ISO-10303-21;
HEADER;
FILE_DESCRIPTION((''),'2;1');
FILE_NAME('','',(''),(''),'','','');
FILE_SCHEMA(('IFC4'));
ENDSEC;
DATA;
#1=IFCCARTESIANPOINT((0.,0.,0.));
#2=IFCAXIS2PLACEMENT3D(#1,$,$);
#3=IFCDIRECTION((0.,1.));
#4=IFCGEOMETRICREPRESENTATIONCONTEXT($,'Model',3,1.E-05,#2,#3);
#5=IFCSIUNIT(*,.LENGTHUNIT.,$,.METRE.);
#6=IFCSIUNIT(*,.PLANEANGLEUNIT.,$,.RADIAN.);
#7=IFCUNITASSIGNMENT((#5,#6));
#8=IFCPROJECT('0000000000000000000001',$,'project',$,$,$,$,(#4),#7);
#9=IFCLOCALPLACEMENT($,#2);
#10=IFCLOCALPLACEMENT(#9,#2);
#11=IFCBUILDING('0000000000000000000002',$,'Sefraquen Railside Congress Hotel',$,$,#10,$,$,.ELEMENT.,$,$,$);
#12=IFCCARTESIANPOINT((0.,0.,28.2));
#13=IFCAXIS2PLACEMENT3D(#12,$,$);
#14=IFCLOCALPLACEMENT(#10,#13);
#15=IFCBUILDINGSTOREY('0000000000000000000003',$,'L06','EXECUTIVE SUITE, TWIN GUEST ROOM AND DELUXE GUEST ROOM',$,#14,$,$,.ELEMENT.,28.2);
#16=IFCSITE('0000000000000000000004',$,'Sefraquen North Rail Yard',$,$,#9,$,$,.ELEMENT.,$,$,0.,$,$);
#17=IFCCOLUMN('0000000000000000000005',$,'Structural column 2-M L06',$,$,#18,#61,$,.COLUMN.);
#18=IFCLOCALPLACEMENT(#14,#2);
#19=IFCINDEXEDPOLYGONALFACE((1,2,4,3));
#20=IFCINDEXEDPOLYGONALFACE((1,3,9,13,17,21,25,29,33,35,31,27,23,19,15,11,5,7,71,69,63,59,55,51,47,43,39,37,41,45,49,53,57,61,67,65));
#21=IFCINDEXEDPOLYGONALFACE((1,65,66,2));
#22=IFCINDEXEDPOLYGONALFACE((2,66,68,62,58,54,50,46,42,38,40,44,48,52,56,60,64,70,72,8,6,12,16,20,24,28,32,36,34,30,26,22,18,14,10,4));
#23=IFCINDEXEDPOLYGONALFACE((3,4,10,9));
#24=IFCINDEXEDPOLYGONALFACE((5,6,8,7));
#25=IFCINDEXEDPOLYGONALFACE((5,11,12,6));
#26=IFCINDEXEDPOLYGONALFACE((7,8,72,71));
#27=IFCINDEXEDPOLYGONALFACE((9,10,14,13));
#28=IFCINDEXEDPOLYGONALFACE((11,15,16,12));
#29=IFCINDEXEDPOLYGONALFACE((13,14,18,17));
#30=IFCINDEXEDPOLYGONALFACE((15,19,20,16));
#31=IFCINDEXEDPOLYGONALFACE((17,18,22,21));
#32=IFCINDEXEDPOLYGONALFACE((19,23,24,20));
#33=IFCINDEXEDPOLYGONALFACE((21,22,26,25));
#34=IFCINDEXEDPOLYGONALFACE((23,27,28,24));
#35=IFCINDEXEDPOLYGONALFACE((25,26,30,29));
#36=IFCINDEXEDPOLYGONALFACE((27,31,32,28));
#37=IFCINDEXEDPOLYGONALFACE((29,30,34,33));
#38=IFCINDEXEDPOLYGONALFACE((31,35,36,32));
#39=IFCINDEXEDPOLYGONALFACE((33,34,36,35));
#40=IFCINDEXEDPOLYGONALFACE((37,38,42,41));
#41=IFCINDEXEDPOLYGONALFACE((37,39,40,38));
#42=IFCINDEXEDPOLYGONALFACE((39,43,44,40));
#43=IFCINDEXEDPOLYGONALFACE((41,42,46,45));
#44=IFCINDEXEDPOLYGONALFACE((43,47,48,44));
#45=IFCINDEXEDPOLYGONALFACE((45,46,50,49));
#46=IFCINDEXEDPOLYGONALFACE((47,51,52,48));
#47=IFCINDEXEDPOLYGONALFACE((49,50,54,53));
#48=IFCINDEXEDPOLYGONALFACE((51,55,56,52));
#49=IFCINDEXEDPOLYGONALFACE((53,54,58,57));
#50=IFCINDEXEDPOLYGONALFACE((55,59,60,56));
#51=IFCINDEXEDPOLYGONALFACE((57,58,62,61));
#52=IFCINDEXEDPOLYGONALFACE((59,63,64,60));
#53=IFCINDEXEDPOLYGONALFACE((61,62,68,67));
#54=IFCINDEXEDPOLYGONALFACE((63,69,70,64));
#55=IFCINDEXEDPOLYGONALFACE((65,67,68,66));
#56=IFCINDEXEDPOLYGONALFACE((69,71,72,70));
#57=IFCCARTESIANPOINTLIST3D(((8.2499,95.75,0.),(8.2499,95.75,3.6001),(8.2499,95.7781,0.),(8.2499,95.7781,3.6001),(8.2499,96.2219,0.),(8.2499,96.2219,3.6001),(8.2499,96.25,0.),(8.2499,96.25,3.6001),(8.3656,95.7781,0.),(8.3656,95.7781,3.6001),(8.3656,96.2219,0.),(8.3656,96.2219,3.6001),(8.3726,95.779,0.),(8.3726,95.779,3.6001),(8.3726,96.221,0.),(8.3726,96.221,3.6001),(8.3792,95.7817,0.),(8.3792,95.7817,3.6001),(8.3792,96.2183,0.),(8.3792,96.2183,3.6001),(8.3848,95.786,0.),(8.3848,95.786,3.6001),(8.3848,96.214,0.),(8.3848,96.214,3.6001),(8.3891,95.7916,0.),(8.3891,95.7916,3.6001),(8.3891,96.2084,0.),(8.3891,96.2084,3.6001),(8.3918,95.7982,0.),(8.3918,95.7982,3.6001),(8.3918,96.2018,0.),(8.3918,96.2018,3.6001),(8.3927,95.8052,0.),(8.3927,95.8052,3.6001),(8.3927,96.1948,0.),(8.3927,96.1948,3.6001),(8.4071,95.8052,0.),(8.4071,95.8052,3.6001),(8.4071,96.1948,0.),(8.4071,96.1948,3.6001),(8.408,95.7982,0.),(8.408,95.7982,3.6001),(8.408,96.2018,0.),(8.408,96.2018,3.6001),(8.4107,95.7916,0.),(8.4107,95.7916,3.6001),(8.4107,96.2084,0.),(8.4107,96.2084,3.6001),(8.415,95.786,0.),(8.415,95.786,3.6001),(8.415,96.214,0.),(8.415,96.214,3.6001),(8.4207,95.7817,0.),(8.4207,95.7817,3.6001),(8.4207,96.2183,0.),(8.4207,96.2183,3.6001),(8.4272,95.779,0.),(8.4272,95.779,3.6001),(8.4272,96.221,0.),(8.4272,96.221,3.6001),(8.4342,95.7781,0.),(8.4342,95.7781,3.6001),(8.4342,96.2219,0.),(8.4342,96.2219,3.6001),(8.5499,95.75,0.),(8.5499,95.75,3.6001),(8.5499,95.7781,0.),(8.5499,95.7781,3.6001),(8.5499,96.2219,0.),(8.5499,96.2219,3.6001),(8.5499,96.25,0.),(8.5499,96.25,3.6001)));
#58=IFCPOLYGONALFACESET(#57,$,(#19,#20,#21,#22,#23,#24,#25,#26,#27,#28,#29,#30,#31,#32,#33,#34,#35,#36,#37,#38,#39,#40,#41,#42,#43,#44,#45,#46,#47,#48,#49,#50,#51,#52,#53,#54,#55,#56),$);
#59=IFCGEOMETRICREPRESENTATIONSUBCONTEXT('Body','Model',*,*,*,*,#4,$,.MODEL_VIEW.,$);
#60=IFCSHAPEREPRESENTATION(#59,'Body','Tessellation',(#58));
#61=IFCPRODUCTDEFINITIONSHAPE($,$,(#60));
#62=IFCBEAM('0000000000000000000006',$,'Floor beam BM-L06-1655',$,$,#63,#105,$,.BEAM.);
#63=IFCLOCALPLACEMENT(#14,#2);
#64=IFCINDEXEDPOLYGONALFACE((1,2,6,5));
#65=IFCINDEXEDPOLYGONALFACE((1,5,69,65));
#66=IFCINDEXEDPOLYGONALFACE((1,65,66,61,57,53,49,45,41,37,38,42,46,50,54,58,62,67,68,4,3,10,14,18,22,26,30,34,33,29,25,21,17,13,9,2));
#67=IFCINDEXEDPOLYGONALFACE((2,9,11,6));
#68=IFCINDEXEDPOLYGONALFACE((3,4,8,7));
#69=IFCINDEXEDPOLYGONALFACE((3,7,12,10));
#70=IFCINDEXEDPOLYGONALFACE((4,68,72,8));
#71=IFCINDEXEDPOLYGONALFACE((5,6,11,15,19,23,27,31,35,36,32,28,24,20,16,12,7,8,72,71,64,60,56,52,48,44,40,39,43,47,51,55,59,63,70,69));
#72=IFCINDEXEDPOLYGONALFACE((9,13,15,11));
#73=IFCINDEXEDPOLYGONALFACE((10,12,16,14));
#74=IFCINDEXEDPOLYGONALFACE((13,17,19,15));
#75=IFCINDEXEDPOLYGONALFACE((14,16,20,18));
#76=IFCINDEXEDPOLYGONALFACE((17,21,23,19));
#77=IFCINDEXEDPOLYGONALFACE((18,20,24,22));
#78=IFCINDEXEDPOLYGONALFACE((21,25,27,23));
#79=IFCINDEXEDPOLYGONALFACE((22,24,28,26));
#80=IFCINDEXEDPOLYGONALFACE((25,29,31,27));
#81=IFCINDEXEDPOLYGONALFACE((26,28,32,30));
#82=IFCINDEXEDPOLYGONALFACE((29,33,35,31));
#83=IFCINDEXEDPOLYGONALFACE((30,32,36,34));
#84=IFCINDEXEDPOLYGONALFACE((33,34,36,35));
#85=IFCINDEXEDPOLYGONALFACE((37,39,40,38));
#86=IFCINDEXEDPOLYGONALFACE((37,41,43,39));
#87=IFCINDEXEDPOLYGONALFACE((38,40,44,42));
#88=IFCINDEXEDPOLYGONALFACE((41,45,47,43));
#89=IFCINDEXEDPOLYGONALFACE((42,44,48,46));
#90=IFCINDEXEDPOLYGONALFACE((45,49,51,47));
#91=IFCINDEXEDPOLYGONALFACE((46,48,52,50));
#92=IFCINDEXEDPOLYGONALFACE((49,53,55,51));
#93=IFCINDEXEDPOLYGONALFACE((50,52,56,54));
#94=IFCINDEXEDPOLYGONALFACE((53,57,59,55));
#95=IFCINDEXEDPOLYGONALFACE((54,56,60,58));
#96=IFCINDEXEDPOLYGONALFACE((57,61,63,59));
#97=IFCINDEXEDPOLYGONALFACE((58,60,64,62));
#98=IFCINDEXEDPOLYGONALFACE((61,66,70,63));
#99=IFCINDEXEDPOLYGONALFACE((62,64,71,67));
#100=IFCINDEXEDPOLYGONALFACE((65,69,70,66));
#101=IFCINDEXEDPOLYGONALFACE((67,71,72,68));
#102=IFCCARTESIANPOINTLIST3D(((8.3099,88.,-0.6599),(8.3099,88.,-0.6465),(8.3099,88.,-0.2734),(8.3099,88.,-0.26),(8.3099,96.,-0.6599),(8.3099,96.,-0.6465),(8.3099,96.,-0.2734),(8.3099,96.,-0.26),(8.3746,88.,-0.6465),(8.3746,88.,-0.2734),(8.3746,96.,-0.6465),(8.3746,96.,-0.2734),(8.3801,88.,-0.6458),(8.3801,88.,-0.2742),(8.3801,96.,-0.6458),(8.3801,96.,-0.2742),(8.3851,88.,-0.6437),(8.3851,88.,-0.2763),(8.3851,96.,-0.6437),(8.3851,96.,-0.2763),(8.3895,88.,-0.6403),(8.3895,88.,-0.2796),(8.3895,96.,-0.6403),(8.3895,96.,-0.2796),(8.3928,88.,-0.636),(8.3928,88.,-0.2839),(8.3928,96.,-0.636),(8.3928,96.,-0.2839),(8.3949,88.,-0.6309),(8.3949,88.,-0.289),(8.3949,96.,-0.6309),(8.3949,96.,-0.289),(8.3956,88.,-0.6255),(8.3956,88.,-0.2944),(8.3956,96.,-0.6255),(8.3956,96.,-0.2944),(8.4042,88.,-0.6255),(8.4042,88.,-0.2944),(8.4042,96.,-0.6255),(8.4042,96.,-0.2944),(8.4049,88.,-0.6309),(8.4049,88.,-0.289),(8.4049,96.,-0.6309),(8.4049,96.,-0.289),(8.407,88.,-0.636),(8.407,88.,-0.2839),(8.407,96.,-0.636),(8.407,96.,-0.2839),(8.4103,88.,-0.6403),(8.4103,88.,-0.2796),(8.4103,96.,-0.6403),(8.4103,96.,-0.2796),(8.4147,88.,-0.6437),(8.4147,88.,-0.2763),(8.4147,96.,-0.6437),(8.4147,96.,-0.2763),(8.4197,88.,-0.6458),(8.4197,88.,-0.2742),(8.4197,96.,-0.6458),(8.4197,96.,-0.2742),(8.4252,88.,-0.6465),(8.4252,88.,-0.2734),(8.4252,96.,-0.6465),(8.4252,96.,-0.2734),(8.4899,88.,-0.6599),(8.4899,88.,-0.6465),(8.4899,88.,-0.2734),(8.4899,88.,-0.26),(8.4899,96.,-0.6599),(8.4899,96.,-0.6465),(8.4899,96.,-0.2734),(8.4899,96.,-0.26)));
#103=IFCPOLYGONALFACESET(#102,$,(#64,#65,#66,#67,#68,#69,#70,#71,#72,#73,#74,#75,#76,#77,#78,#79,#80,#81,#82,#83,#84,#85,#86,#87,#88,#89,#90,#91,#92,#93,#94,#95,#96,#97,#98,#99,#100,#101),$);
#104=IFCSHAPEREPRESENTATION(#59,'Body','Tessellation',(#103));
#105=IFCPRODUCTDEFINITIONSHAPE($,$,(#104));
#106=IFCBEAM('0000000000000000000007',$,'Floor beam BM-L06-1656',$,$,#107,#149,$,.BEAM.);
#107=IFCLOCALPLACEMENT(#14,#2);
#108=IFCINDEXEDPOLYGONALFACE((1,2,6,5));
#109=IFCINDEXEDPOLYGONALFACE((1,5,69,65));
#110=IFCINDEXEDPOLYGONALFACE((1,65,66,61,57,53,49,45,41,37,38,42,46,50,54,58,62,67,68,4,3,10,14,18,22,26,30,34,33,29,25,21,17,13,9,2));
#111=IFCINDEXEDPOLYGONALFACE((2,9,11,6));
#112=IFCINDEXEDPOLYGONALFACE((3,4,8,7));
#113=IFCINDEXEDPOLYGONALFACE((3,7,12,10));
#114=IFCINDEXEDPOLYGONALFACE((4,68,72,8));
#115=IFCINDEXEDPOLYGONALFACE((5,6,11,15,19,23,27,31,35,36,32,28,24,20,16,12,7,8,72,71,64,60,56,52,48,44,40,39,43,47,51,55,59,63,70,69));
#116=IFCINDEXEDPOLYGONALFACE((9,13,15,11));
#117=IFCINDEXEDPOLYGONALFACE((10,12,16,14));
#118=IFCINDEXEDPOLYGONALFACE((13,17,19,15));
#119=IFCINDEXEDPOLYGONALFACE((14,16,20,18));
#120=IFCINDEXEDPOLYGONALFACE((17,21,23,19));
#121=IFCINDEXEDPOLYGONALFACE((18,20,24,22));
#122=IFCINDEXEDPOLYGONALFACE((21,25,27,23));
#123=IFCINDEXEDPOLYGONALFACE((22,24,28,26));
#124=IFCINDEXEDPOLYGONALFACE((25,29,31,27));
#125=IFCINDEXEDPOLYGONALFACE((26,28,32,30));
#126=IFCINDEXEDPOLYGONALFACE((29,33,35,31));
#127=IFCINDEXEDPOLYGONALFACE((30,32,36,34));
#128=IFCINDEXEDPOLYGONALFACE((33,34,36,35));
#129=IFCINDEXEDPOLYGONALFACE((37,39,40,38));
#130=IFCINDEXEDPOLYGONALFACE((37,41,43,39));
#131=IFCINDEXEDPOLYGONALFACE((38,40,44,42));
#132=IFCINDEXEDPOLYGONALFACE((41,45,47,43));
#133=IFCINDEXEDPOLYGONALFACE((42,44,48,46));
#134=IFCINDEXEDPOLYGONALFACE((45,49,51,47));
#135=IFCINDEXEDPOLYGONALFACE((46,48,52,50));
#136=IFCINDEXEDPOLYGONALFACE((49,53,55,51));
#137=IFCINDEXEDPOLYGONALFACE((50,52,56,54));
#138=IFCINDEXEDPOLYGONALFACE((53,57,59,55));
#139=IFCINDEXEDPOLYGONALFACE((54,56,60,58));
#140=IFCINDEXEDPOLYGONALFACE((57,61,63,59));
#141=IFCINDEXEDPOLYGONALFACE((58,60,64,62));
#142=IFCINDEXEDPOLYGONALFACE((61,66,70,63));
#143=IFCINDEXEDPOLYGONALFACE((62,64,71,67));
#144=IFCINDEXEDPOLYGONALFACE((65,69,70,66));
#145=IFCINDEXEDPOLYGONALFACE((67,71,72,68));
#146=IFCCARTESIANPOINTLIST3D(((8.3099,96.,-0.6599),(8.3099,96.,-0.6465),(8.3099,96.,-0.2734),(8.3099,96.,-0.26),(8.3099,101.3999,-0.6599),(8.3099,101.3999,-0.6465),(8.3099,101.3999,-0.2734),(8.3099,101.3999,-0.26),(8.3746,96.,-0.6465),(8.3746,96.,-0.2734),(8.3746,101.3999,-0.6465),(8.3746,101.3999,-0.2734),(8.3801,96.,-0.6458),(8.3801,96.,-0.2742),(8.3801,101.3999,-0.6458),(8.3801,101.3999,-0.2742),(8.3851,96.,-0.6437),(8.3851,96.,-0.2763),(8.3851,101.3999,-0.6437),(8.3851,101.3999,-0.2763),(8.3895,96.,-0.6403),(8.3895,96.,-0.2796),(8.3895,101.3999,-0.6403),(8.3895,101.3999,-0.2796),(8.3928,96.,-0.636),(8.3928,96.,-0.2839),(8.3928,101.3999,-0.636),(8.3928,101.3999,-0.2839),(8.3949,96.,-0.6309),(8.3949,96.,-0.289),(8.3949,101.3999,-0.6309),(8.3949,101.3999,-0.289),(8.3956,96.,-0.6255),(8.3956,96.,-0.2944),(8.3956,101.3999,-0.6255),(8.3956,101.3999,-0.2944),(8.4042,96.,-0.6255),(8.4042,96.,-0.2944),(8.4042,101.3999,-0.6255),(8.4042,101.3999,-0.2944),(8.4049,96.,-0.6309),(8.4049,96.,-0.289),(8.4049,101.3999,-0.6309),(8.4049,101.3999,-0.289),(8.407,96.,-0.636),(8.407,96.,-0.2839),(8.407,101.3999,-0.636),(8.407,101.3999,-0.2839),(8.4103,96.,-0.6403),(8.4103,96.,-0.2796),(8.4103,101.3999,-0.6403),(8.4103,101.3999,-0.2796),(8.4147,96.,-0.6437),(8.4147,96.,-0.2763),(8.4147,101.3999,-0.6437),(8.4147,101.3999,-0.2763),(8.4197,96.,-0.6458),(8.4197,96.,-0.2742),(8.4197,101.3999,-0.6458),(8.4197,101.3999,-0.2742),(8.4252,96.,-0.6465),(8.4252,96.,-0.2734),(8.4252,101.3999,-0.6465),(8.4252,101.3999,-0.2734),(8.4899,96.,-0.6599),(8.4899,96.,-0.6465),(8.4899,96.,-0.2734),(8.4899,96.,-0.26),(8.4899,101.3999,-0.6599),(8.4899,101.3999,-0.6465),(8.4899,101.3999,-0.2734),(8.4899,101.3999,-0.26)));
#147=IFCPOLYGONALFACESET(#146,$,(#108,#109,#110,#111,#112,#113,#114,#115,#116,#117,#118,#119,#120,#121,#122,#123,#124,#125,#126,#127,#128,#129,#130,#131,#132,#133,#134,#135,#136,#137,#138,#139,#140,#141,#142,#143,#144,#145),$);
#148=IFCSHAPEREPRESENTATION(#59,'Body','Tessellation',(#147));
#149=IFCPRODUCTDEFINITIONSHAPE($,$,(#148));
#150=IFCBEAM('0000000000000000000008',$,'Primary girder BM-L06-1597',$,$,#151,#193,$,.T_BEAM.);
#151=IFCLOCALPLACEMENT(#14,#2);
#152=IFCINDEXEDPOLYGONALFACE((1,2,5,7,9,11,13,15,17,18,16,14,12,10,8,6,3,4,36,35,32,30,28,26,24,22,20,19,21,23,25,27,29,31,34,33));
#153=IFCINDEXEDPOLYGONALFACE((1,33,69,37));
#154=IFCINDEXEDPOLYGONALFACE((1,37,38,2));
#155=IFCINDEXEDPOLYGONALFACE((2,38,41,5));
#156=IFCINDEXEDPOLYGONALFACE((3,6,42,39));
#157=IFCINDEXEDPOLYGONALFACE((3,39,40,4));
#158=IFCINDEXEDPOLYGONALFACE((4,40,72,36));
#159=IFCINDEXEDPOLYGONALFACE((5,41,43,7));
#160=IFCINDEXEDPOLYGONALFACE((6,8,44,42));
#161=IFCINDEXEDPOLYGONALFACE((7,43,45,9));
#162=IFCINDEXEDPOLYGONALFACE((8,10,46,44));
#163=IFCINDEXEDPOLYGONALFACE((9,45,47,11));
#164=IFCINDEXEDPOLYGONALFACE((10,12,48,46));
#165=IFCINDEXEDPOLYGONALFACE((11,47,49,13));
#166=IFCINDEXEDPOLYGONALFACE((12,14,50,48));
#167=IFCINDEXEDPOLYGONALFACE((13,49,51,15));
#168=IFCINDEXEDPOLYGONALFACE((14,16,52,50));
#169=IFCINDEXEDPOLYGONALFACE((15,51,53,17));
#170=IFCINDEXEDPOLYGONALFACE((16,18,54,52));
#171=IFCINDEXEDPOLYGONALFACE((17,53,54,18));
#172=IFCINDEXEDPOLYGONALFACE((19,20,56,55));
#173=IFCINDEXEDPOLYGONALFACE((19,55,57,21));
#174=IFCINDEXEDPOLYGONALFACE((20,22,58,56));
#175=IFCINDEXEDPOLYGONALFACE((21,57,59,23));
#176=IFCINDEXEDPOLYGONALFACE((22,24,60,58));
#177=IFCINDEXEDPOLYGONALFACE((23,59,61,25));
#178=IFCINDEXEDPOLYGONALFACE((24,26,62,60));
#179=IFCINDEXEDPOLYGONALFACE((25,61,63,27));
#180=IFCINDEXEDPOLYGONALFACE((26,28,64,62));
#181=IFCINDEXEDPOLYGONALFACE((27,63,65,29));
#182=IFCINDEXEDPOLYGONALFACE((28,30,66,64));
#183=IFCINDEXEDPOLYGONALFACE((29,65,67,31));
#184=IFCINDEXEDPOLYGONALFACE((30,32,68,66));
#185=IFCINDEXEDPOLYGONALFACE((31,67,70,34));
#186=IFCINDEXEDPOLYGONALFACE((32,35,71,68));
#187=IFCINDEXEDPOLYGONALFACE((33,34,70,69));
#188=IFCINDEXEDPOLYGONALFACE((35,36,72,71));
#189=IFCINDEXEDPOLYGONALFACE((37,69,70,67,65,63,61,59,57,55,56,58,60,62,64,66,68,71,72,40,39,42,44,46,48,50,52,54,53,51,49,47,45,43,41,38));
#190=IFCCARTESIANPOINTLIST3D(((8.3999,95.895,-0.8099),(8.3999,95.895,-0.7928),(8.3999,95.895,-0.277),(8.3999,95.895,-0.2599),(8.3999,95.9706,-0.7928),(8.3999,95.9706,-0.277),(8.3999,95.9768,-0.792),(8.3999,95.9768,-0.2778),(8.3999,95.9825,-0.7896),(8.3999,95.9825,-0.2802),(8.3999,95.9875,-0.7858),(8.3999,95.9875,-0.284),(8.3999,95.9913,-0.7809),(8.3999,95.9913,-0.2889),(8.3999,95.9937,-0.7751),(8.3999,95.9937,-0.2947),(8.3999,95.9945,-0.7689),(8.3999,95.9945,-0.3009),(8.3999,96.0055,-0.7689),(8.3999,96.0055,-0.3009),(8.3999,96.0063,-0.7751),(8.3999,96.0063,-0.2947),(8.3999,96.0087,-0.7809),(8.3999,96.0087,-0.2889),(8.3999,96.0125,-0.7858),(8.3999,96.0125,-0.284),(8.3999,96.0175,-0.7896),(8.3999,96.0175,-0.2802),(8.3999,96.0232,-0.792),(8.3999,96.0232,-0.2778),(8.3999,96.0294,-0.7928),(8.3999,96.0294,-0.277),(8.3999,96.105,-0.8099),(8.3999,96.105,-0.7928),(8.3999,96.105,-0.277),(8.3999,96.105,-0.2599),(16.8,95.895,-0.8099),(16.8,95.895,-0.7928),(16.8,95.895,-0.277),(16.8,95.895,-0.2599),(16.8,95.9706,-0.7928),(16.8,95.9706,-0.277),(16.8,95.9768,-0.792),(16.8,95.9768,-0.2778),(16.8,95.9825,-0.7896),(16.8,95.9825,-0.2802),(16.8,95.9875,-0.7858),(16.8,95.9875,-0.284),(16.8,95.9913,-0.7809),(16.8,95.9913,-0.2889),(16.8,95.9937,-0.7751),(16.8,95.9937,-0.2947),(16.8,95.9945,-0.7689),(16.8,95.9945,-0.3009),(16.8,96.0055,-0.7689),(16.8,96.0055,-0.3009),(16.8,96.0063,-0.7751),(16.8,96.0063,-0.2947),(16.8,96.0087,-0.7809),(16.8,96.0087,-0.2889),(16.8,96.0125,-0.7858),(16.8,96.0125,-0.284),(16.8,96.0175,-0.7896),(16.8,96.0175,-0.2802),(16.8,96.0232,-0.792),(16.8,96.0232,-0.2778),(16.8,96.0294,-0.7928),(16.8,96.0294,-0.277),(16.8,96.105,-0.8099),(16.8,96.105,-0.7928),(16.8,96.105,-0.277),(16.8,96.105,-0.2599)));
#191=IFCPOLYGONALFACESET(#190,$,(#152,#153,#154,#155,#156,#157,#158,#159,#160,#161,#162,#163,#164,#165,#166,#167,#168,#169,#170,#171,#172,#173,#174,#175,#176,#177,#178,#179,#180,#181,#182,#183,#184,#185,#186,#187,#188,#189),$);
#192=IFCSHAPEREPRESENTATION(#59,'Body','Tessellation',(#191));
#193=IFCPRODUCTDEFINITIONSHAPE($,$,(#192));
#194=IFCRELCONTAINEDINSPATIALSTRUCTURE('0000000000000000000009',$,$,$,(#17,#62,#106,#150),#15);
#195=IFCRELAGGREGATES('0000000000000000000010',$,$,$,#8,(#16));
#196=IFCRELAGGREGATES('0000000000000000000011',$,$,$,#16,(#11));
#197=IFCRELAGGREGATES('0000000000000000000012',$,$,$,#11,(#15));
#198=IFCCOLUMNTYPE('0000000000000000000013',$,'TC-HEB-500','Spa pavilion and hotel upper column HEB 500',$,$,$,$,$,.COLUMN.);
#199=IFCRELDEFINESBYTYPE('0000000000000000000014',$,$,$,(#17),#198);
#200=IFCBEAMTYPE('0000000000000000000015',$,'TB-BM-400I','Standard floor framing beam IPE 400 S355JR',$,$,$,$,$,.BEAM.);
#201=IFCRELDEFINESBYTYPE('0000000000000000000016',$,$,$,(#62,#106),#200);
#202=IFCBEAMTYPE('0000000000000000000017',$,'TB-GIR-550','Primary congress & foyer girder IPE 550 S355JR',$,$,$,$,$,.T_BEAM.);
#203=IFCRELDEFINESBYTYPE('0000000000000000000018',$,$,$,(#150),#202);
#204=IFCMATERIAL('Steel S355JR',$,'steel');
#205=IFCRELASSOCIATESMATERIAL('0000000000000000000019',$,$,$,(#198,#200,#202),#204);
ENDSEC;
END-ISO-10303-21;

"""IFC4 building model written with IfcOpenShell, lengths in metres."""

from ifc_helpers import new_model, si_unit, direction, frame, origin, origin_2d, place, context, subcontext, project, spatial, i_section, extrude, material, material_profile, profile_set, type_object, element, save


model = new_model("IFC4")

# Units and contexts
model_context = context("Model", 3, precision=1e-05, world=origin(), true_north=direction((0.0, 1.0)))
body_context = subcontext(model_context, "Body", "Model", "MODEL_VIEW")
ifc_project = project(units=[si_unit("LENGTHUNIT", "METRE"), si_unit("PLANEANGLEUNIT", "RADIAN")], contexts=[model_context])

# Site, building, storey
site_placement = place(None, origin())
site = spatial("IfcSite", under=ifc_project, at=site_placement, Name="Sefraquen North Rail Yard", CompositionType="ELEMENT", RefElevation=0.0)
building_placement = place(site_placement, origin())
building = spatial("IfcBuilding", under=site, at=building_placement, Name="Sefraquen Railside Congress Hotel", CompositionType="ELEMENT")
storey_placement = place(building_placement, frame((0.0, 0.0, 28.2)))
storey = spatial("IfcBuildingStorey", under=building, at=storey_placement, Name="L06", Description="EXECUTIVE SUITE, TWIN GUEST ROOM AND DELUXE GUEST ROOM", CompositionType="ELEMENT", Elevation=28.2)

# Column
ifc_material_1 = material(Name="Steel S355JR", Category="steel")
ifc_material_profile_1 = material_profile(ifc_material_1, i_section(OverallWidth=0.3, OverallDepth=0.5, WebThickness=0.0144, FlangeThickness=0.0281, FilletRadius=0.0271, at=origin_2d()), Name="HEB 500")
ifc_profile_set_1 = profile_set([ifc_material_profile_1], Name="Steel S355JR")
column_type = type_object("IfcColumnType", Name="TC-HEB-500", Description="Spa pavilion and hotel upper column HEB 500", PredefinedType="COLUMN", material=ifc_profile_set_1)
column_placement = place(storey_placement, frame((8.3999, 96.0, 0.0), z_axis=(0.0, 0.0, 1.0), x_axis=(1.0, 0.0, 0.0)))
element("IfcColumn", 1, at=column_placement, inside=storey, type_object=column_type, Name="Structural column 2-M L06", PredefinedType="COLUMN", context=body_context, shape_type="SweptSolid", body=[
    extrude(i_section(OverallWidth=0.3, OverallDepth=0.5, WebThickness=0.0144, FlangeThickness=0.0281, FilletRadius=0.0271, at=origin_2d()), origin(), (0.0, 0.0, 1.0), 3.6001),
])

# Beams
ifc_material_profile_2 = material_profile(ifc_material_1, i_section(OverallWidth=0.1799, OverallDepth=0.3999, WebThickness=0.0085, FlangeThickness=0.0134, FilletRadius=0.021, at=origin_2d()), Name="IPE 400")
ifc_profile_set_2 = profile_set([ifc_material_profile_2], Name="Steel S355JR")
beam_type_1 = type_object("IfcBeamType", Name="TB-BM-400I", Description="Standard floor framing beam IPE 400 S355JR", PredefinedType="BEAM", material=ifc_profile_set_2)
beam_1_placement = place(storey_placement, frame((8.3999, 88.0, -0.46), z_axis=(0.0, 1.0, 0.0), x_axis=(-1.0, 0.0, 0.0)))
element("IfcBeam", 2, at=beam_1_placement, inside=storey, type_object=beam_type_1, Name="Floor beam BM-L06-1655", PredefinedType="BEAM", context=body_context, shape_type="SweptSolid", body=[
    extrude(i_section(OverallWidth=0.1799, OverallDepth=0.3999, WebThickness=0.0085, FlangeThickness=0.0134, FilletRadius=0.021, at=origin_2d()), origin(), (0.0, 0.0, 1.0), 8.0),
])
beam_2_placement = place(storey_placement, frame((8.3999, 96.0, -0.46), z_axis=(0.0, 1.0, 0.0), x_axis=(-1.0, 0.0, 0.0)))
element("IfcBeam", 3, at=beam_2_placement, inside=storey, type_object=beam_type_1, Name="Floor beam BM-L06-1656", PredefinedType="BEAM", context=body_context, shape_type="SweptSolid", body=[
    extrude(i_section(OverallWidth=0.1799, OverallDepth=0.3999, WebThickness=0.0085, FlangeThickness=0.0134, FilletRadius=0.021, at=origin_2d()), origin(), (0.0, 0.0, 1.0), 5.3999),
])
ifc_material_profile_3 = material_profile(ifc_material_1, i_section(OverallWidth=0.21, OverallDepth=0.55, WebThickness=0.011, FlangeThickness=0.0171, FilletRadius=0.0239, at=origin_2d()), Name="IPE 550")
ifc_profile_set_3 = profile_set([ifc_material_profile_3], Name="Steel S355JR")
beam_type_2 = type_object("IfcBeamType", Name="TB-GIR-550", Description="Primary congress & foyer girder IPE 550 S355JR", PredefinedType="T_BEAM", material=ifc_profile_set_3)
beam_3_placement = place(storey_placement, frame((8.3999, 96.0, -0.5349), z_axis=(1.0, 0.0, 0.0), x_axis=(0.0, 1.0, 0.0)))
element("IfcBeam", 4, at=beam_3_placement, inside=storey, type_object=beam_type_2, Name="Primary girder BM-L06-1597", PredefinedType="T_BEAM", context=body_context, shape_type="SweptSolid", body=[
    extrude(i_section(OverallWidth=0.21, OverallDepth=0.55, WebThickness=0.011, FlangeThickness=0.0171, FilletRadius=0.0239, at=origin_2d()), origin(), (0.0, 0.0, 1.0), 8.4001),
])

save(model, "model.ifc")
